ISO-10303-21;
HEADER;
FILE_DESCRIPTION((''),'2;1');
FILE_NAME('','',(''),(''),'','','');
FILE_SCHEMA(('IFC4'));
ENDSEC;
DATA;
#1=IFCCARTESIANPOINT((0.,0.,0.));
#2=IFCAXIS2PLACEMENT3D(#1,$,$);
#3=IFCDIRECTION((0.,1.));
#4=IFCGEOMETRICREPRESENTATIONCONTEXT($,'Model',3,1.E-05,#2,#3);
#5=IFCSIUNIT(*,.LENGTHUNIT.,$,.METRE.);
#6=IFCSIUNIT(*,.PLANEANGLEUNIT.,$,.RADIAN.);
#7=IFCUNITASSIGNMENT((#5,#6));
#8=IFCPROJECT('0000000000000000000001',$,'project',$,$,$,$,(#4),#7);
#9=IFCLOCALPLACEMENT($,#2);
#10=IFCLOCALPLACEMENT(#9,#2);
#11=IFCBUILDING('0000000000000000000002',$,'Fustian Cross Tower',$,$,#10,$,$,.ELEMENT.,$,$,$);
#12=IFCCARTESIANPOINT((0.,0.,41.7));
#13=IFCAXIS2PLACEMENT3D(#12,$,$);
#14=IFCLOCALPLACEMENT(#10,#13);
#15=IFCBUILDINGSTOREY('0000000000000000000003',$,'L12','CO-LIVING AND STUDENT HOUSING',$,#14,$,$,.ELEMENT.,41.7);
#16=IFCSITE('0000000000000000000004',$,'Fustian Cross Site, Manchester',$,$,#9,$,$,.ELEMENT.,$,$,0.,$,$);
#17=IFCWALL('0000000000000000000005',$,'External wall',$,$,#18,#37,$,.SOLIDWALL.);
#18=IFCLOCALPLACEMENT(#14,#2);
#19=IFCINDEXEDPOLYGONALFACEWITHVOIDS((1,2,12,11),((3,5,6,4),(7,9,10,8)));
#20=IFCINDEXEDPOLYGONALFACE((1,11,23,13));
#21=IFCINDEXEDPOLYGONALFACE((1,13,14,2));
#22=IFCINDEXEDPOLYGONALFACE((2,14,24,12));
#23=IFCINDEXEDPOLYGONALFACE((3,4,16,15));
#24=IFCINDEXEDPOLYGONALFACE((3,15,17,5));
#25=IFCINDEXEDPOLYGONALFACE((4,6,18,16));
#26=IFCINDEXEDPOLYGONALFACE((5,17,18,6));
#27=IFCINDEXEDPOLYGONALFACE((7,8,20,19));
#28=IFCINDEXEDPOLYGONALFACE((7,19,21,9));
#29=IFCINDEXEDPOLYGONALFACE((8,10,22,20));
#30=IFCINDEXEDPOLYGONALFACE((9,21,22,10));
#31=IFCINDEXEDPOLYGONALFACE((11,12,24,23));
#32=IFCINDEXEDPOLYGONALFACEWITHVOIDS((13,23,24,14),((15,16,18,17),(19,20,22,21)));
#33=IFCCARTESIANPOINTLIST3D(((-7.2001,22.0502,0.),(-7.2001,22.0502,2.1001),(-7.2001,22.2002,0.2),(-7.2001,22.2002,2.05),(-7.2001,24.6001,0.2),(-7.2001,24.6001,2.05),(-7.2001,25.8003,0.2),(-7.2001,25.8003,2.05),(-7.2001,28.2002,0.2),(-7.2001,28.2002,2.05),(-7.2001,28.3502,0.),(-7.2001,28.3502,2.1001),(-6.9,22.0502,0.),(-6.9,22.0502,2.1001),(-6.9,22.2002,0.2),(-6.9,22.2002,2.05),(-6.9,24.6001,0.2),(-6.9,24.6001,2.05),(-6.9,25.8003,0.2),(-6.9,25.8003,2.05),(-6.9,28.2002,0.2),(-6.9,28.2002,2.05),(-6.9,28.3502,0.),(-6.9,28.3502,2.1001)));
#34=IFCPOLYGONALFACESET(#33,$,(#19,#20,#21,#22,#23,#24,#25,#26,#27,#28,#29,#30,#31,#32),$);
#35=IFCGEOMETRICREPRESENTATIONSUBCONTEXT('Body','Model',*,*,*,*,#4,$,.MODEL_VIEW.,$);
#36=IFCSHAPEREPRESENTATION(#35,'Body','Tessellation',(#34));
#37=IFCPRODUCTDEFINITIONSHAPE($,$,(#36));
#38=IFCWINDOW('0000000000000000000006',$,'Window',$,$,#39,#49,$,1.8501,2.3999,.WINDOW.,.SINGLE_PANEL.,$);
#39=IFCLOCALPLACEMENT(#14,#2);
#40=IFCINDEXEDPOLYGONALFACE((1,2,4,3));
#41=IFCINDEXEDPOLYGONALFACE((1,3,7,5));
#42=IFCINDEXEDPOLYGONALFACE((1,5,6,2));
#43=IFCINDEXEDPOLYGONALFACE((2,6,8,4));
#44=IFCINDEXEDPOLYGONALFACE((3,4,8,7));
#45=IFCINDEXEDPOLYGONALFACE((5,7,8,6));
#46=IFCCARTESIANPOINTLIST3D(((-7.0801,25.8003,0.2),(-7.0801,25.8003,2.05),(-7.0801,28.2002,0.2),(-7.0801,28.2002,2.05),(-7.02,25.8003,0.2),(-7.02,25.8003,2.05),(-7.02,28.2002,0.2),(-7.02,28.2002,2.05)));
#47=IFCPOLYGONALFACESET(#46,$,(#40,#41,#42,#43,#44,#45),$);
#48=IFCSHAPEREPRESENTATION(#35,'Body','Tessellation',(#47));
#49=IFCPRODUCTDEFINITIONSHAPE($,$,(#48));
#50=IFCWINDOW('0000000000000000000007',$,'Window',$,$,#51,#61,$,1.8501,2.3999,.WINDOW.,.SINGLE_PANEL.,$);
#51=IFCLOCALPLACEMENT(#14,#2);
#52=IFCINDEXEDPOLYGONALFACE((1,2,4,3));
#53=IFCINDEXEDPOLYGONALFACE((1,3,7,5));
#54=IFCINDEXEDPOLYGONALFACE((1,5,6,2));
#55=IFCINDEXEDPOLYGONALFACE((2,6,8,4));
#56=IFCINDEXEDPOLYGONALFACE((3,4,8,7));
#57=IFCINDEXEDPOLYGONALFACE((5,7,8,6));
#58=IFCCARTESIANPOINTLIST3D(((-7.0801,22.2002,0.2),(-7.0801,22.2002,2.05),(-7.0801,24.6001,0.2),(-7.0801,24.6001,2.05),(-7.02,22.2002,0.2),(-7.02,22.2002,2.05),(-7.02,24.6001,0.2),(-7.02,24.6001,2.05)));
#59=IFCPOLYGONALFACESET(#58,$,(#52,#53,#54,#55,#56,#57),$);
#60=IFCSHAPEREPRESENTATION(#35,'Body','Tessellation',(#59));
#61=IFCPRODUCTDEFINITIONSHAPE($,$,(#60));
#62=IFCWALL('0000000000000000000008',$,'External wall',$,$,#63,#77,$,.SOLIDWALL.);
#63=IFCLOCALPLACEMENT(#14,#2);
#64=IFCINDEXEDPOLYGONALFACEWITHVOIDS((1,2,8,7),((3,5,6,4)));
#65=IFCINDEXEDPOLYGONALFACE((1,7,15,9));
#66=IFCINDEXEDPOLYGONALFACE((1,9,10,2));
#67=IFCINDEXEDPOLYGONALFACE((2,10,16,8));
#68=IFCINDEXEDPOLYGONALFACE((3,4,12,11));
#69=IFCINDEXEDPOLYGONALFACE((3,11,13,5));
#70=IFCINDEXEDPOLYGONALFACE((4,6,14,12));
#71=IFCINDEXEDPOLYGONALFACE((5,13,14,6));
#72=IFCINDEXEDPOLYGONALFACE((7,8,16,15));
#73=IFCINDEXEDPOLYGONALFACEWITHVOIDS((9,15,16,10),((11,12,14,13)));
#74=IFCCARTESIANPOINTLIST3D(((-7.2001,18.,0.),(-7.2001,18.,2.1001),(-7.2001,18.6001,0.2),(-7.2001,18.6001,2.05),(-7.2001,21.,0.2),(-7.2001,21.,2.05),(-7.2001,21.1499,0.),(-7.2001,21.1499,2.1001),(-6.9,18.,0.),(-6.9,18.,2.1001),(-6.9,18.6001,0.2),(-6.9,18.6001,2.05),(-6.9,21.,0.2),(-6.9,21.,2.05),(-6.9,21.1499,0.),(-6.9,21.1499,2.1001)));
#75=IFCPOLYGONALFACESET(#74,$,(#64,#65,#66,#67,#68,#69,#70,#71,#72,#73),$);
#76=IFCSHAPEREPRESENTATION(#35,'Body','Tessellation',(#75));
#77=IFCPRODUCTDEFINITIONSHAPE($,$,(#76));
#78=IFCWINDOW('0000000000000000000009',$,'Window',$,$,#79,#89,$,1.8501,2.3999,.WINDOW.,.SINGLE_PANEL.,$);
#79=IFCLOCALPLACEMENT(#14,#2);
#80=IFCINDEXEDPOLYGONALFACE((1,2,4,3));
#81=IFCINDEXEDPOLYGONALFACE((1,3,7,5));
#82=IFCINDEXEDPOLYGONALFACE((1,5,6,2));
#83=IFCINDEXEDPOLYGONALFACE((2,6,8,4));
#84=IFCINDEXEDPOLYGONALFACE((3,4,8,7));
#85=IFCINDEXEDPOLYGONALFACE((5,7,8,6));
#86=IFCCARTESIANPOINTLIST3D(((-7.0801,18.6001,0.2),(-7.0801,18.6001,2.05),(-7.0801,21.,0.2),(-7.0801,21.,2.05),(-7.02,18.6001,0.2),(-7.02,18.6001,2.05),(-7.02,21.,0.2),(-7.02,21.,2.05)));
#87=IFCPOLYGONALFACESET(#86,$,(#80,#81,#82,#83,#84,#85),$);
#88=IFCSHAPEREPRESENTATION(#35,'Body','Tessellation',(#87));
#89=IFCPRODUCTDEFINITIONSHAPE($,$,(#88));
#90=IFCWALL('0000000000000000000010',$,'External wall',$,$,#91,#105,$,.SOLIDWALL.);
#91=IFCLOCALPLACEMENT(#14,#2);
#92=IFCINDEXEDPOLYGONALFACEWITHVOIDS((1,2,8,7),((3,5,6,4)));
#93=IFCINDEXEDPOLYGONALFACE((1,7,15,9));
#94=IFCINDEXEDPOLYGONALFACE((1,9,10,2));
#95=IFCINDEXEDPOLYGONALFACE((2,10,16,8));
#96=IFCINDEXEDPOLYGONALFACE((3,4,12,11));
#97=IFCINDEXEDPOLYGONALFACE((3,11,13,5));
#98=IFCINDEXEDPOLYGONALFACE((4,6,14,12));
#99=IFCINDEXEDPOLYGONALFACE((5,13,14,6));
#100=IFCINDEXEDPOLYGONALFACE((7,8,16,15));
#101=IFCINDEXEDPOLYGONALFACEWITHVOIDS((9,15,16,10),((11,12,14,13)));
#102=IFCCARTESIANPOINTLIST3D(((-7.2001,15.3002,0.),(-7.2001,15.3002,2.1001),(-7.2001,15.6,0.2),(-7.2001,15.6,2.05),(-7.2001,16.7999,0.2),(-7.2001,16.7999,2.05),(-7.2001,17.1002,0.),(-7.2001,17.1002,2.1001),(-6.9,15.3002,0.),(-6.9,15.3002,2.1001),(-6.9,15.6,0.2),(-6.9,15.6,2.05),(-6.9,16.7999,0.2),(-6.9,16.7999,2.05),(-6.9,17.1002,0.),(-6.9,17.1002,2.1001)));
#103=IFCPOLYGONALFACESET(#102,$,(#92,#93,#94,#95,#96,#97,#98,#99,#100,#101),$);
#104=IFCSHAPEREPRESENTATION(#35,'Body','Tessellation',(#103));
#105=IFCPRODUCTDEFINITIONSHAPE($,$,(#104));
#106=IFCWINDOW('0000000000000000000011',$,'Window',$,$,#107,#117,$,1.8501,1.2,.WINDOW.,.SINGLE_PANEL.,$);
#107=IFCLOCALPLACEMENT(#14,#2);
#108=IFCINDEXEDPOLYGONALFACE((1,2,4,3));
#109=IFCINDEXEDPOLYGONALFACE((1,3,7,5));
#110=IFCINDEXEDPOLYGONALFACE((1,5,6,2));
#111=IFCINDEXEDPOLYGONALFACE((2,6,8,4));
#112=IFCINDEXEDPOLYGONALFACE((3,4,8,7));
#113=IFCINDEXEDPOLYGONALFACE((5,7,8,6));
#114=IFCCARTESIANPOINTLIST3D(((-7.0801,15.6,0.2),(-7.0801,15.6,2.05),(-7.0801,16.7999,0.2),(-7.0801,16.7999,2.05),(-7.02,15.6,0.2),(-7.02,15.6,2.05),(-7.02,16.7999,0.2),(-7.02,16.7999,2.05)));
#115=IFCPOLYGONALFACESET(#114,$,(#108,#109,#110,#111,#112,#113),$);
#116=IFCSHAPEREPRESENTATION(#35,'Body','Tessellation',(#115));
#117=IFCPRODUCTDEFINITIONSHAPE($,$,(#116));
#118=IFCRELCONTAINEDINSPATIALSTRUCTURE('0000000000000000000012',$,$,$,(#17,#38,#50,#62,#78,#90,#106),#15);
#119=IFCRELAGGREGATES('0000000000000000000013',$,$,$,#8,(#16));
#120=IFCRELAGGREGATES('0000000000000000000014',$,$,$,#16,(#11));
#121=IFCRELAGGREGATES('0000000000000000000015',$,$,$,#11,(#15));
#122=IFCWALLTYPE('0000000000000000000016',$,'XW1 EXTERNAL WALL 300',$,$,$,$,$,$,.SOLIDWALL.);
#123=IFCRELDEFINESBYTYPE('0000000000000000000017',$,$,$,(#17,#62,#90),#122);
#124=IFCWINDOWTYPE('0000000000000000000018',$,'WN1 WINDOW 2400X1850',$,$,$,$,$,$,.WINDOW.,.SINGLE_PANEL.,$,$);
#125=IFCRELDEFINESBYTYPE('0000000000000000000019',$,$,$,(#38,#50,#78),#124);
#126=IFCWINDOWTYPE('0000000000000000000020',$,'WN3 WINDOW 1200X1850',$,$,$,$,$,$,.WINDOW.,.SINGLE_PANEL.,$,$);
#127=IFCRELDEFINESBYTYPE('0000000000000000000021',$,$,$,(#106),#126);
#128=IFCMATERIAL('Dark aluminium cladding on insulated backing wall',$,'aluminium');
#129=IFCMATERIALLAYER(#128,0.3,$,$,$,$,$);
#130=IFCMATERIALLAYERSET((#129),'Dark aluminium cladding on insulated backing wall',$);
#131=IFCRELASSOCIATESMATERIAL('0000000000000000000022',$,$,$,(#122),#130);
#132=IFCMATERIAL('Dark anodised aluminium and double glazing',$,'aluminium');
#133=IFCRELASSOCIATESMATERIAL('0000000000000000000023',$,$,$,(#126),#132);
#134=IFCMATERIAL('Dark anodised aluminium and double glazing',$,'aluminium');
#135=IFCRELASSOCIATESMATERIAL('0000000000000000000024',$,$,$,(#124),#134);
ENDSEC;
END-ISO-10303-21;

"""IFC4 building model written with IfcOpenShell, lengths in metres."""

from ifc_helpers import new_model, si_unit, direction, frame, frame_2d, origin, place, context, subcontext, project, spatial, rectangle, extrude, material, layer, layer_set, type_object, element, fill, save


model = new_model("IFC4")

# Units and contexts
model_context = context("Model", 3, precision=1e-05, world=origin(), true_north=direction((0.0, 1.0)))
body_context = subcontext(model_context, "Body", "Model", "MODEL_VIEW")
ifc_project = project(units=[si_unit("LENGTHUNIT", "METRE"), si_unit("PLANEANGLEUNIT", "RADIAN")], contexts=[model_context])

# Site, building, storey
site_placement = place(None, origin())
site = spatial("IfcSite", under=ifc_project, at=site_placement, Name="Fustian Cross Site, Manchester", CompositionType="ELEMENT", RefElevation=0.0)
building_placement = place(site_placement, origin())
building = spatial("IfcBuilding", under=site, at=building_placement, Name="Fustian Cross Tower", CompositionType="ELEMENT")
storey_placement = place(building_placement, frame((0.0, 0.0, 41.7)))
storey = spatial("IfcBuildingStorey", under=building, at=storey_placement, Name="L12", Description="CO-LIVING AND STUDENT HOUSING", CompositionType="ELEMENT", Elevation=41.7)

# Shared definitions
ifc_material_1 = material(Name="Dark aluminium cladding on insulated backing wall", Category="aluminium")
ifc_layer_1 = layer(ifc_material_1, 0.3)
ifc_layer_set_1 = layer_set([ifc_layer_1], Name="Dark aluminium cladding on insulated backing wall")
wall_type_1 = type_object("IfcWallType", Name="XW1 EXTERNAL WALL 300", PredefinedType="SOLIDWALL", material=ifc_layer_set_1)
ifc_material_2 = material(Name="Dark anodised aluminium and double glazing", Category="aluminium")
window_type_1 = type_object("IfcWindowType", Name="WN3 WINDOW 1200X1850", PartitioningType="SINGLE_PANEL", PredefinedType="WINDOW", material=ifc_material_2)

# Wall, openings, windows
ifc_material_3 = material(Name="Dark anodised aluminium and double glazing", Category="aluminium")
window_type_2 = type_object("IfcWindowType", Name="WN1 WINDOW 2400X1850", PartitioningType="SINGLE_PANEL", PredefinedType="WINDOW", material=ifc_material_3)
wall_1_placement = place(storey_placement, frame((-7.05, 28.3501, 0.0), z_axis=(0.0, 0.0, 1.0), x_axis=(0.0, -1.0, 0.0)))
wall_1 = element("IfcWall", 1, at=wall_1_placement, inside=storey, type_object=wall_type_1, Name="External wall", PredefinedType="SOLIDWALL", context=body_context, shape_type="SweptSolid", body=[
    extrude(rectangle(XDim=6.3, YDim=0.3, at=frame_2d((3.1499, 0.0))), origin(), (0.0, 0.0, 1.0), 2.1001),
])
opening_1_placement = place(wall_1_placement, frame((0.1499, 0.0, 0.2)))
opening_1 = element("IfcOpeningElement", 2, at=opening_1_placement, cuts=wall_1, PredefinedType="OPENING", context=body_context, shape_type="SweptSolid", body=[
    extrude(rectangle(XDim=2.3999, YDim=1.8501, at=frame_2d((1.2, 0.925))), frame((0.0, 0.1599, 0.0), z_axis=(0.0, -1.0, 0.0), x_axis=(1.0, 0.0, 0.0)), (0.0, 0.0, 1.0), 0.3201),
])
opening_2_placement = place(wall_1_placement, frame((3.75, 0.0, 0.2)))
opening_2 = element("IfcOpeningElement", 3, at=opening_2_placement, cuts=wall_1, PredefinedType="OPENING", context=body_context, shape_type="SweptSolid", body=[
    extrude(rectangle(XDim=2.3999, YDim=1.8501, at=frame_2d((1.2, 0.925))), frame((0.0, 0.1599, 0.0), z_axis=(0.0, -1.0, 0.0), x_axis=(1.0, 0.0, 0.0)), (0.0, 0.0, 1.0), 0.3201),
])
window_1_placement = place(opening_1_placement, origin())
window_1 = element("IfcWindow", 4, at=window_1_placement, inside=storey, type_object=window_type_2, Name="Window", OverallHeight=1.8501, OverallWidth=2.3999, PartitioningType="SINGLE_PANEL", PredefinedType="WINDOW", context=body_context, shape_type="SweptSolid", body=[
    extrude(rectangle(XDim=2.3999, YDim=1.8501, at=frame_2d((1.2, 0.925))), frame((0.0, 0.03, 0.0), z_axis=(0.0, -1.0, 0.0), x_axis=(1.0, 0.0, 0.0)), (0.0, 0.0, 1.0), 0.0601),
])
fill(opening_1, window_1)
window_2_placement = place(opening_2_placement, origin())
window_2 = element("IfcWindow", 5, at=window_2_placement, inside=storey, type_object=window_type_2, Name="Window", OverallHeight=1.8501, OverallWidth=2.3999, PartitioningType="SINGLE_PANEL", PredefinedType="WINDOW", context=body_context, shape_type="SweptSolid", body=[
    extrude(rectangle(XDim=2.3999, YDim=1.8501, at=frame_2d((1.2, 0.925))), frame((0.0, 0.03, 0.0), z_axis=(0.0, -1.0, 0.0), x_axis=(1.0, 0.0, 0.0)), (0.0, 0.0, 1.0), 0.0601),
])
fill(opening_2, window_2)

# Walls, openings, windows
wall_2_placement = place(storey_placement, frame((-7.05, 21.1499, 0.0), z_axis=(0.0, 0.0, 1.0), x_axis=(0.0, -1.0, 0.0)))
wall_2 = element("IfcWall", 6, at=wall_2_placement, inside=storey, type_object=wall_type_1, Name="External wall", PredefinedType="SOLIDWALL", context=body_context, shape_type="SweptSolid", body=[
    extrude(rectangle(XDim=3.1499, YDim=0.3, at=frame_2d((1.575, 0.0))), origin(), (0.0, 0.0, 1.0), 2.1001),
])
opening_3_placement = place(wall_2_placement, frame((0.1499, 0.0, 0.2)))
opening_3 = element("IfcOpeningElement", 7, at=opening_3_placement, cuts=wall_2, PredefinedType="OPENING", context=body_context, shape_type="SweptSolid", body=[
    extrude(rectangle(XDim=2.3999, YDim=1.8501, at=frame_2d((1.2, 0.925))), frame((0.0, 0.1599, 0.0), z_axis=(0.0, -1.0, 0.0), x_axis=(1.0, 0.0, 0.0)), (0.0, 0.0, 1.0), 0.3201),
])
window_3_placement = place(opening_3_placement, origin())
window_3 = element("IfcWindow", 8, at=window_3_placement, inside=storey, type_object=window_type_2, Name="Window", OverallHeight=1.8501, OverallWidth=2.3999, PartitioningType="SINGLE_PANEL", PredefinedType="WINDOW", context=body_context, shape_type="SweptSolid", body=[
    extrude(rectangle(XDim=2.3999, YDim=1.8501, at=frame_2d((1.2, 0.925))), frame((0.0, 0.03, 0.0), z_axis=(0.0, -1.0, 0.0), x_axis=(1.0, 0.0, 0.0)), (0.0, 0.0, 1.0), 0.0601),
])
fill(opening_3, window_3)
wall_3_placement = place(storey_placement, frame((-7.05, 17.1001, 0.0), z_axis=(0.0, 0.0, 1.0), x_axis=(0.0, -1.0, 0.0)))
wall_3 = element("IfcWall", 9, at=wall_3_placement, inside=storey, type_object=wall_type_1, Name="External wall", PredefinedType="SOLIDWALL", context=body_context, shape_type="SweptSolid", body=[
    extrude(rectangle(XDim=1.8, YDim=0.3, at=frame_2d((0.8999, 0.0))), origin(), (0.0, 0.0, 1.0), 2.1001),
])
opening_4_placement = place(wall_3_placement, frame((0.3, 0.0, 0.2)))
opening_4 = element("IfcOpeningElement", 10, at=opening_4_placement, cuts=wall_3, PredefinedType="OPENING", context=body_context, shape_type="SweptSolid", body=[
    extrude(rectangle(XDim=1.2, YDim=1.8501, at=frame_2d((0.6001, 0.925))), frame((0.0, 0.1599, 0.0), z_axis=(0.0, -1.0, 0.0), x_axis=(1.0, 0.0, 0.0)), (0.0, 0.0, 1.0), 0.3201),
])
window_4_placement = place(opening_4_placement, origin())
window_4 = element("IfcWindow", 11, at=window_4_placement, inside=storey, type_object=window_type_1, Name="Window", OverallHeight=1.8501, OverallWidth=1.2, PartitioningType="SINGLE_PANEL", PredefinedType="WINDOW", context=body_context, shape_type="SweptSolid", body=[
    extrude(rectangle(XDim=1.2, YDim=1.8501, at=frame_2d((0.6001, 0.925))), frame((0.0, 0.03, 0.0), z_axis=(0.0, -1.0, 0.0), x_axis=(1.0, 0.0, 0.0)), (0.0, 0.0, 1.0), 0.0601),
])
fill(opening_4, window_4)

save(model, "model.ifc")
